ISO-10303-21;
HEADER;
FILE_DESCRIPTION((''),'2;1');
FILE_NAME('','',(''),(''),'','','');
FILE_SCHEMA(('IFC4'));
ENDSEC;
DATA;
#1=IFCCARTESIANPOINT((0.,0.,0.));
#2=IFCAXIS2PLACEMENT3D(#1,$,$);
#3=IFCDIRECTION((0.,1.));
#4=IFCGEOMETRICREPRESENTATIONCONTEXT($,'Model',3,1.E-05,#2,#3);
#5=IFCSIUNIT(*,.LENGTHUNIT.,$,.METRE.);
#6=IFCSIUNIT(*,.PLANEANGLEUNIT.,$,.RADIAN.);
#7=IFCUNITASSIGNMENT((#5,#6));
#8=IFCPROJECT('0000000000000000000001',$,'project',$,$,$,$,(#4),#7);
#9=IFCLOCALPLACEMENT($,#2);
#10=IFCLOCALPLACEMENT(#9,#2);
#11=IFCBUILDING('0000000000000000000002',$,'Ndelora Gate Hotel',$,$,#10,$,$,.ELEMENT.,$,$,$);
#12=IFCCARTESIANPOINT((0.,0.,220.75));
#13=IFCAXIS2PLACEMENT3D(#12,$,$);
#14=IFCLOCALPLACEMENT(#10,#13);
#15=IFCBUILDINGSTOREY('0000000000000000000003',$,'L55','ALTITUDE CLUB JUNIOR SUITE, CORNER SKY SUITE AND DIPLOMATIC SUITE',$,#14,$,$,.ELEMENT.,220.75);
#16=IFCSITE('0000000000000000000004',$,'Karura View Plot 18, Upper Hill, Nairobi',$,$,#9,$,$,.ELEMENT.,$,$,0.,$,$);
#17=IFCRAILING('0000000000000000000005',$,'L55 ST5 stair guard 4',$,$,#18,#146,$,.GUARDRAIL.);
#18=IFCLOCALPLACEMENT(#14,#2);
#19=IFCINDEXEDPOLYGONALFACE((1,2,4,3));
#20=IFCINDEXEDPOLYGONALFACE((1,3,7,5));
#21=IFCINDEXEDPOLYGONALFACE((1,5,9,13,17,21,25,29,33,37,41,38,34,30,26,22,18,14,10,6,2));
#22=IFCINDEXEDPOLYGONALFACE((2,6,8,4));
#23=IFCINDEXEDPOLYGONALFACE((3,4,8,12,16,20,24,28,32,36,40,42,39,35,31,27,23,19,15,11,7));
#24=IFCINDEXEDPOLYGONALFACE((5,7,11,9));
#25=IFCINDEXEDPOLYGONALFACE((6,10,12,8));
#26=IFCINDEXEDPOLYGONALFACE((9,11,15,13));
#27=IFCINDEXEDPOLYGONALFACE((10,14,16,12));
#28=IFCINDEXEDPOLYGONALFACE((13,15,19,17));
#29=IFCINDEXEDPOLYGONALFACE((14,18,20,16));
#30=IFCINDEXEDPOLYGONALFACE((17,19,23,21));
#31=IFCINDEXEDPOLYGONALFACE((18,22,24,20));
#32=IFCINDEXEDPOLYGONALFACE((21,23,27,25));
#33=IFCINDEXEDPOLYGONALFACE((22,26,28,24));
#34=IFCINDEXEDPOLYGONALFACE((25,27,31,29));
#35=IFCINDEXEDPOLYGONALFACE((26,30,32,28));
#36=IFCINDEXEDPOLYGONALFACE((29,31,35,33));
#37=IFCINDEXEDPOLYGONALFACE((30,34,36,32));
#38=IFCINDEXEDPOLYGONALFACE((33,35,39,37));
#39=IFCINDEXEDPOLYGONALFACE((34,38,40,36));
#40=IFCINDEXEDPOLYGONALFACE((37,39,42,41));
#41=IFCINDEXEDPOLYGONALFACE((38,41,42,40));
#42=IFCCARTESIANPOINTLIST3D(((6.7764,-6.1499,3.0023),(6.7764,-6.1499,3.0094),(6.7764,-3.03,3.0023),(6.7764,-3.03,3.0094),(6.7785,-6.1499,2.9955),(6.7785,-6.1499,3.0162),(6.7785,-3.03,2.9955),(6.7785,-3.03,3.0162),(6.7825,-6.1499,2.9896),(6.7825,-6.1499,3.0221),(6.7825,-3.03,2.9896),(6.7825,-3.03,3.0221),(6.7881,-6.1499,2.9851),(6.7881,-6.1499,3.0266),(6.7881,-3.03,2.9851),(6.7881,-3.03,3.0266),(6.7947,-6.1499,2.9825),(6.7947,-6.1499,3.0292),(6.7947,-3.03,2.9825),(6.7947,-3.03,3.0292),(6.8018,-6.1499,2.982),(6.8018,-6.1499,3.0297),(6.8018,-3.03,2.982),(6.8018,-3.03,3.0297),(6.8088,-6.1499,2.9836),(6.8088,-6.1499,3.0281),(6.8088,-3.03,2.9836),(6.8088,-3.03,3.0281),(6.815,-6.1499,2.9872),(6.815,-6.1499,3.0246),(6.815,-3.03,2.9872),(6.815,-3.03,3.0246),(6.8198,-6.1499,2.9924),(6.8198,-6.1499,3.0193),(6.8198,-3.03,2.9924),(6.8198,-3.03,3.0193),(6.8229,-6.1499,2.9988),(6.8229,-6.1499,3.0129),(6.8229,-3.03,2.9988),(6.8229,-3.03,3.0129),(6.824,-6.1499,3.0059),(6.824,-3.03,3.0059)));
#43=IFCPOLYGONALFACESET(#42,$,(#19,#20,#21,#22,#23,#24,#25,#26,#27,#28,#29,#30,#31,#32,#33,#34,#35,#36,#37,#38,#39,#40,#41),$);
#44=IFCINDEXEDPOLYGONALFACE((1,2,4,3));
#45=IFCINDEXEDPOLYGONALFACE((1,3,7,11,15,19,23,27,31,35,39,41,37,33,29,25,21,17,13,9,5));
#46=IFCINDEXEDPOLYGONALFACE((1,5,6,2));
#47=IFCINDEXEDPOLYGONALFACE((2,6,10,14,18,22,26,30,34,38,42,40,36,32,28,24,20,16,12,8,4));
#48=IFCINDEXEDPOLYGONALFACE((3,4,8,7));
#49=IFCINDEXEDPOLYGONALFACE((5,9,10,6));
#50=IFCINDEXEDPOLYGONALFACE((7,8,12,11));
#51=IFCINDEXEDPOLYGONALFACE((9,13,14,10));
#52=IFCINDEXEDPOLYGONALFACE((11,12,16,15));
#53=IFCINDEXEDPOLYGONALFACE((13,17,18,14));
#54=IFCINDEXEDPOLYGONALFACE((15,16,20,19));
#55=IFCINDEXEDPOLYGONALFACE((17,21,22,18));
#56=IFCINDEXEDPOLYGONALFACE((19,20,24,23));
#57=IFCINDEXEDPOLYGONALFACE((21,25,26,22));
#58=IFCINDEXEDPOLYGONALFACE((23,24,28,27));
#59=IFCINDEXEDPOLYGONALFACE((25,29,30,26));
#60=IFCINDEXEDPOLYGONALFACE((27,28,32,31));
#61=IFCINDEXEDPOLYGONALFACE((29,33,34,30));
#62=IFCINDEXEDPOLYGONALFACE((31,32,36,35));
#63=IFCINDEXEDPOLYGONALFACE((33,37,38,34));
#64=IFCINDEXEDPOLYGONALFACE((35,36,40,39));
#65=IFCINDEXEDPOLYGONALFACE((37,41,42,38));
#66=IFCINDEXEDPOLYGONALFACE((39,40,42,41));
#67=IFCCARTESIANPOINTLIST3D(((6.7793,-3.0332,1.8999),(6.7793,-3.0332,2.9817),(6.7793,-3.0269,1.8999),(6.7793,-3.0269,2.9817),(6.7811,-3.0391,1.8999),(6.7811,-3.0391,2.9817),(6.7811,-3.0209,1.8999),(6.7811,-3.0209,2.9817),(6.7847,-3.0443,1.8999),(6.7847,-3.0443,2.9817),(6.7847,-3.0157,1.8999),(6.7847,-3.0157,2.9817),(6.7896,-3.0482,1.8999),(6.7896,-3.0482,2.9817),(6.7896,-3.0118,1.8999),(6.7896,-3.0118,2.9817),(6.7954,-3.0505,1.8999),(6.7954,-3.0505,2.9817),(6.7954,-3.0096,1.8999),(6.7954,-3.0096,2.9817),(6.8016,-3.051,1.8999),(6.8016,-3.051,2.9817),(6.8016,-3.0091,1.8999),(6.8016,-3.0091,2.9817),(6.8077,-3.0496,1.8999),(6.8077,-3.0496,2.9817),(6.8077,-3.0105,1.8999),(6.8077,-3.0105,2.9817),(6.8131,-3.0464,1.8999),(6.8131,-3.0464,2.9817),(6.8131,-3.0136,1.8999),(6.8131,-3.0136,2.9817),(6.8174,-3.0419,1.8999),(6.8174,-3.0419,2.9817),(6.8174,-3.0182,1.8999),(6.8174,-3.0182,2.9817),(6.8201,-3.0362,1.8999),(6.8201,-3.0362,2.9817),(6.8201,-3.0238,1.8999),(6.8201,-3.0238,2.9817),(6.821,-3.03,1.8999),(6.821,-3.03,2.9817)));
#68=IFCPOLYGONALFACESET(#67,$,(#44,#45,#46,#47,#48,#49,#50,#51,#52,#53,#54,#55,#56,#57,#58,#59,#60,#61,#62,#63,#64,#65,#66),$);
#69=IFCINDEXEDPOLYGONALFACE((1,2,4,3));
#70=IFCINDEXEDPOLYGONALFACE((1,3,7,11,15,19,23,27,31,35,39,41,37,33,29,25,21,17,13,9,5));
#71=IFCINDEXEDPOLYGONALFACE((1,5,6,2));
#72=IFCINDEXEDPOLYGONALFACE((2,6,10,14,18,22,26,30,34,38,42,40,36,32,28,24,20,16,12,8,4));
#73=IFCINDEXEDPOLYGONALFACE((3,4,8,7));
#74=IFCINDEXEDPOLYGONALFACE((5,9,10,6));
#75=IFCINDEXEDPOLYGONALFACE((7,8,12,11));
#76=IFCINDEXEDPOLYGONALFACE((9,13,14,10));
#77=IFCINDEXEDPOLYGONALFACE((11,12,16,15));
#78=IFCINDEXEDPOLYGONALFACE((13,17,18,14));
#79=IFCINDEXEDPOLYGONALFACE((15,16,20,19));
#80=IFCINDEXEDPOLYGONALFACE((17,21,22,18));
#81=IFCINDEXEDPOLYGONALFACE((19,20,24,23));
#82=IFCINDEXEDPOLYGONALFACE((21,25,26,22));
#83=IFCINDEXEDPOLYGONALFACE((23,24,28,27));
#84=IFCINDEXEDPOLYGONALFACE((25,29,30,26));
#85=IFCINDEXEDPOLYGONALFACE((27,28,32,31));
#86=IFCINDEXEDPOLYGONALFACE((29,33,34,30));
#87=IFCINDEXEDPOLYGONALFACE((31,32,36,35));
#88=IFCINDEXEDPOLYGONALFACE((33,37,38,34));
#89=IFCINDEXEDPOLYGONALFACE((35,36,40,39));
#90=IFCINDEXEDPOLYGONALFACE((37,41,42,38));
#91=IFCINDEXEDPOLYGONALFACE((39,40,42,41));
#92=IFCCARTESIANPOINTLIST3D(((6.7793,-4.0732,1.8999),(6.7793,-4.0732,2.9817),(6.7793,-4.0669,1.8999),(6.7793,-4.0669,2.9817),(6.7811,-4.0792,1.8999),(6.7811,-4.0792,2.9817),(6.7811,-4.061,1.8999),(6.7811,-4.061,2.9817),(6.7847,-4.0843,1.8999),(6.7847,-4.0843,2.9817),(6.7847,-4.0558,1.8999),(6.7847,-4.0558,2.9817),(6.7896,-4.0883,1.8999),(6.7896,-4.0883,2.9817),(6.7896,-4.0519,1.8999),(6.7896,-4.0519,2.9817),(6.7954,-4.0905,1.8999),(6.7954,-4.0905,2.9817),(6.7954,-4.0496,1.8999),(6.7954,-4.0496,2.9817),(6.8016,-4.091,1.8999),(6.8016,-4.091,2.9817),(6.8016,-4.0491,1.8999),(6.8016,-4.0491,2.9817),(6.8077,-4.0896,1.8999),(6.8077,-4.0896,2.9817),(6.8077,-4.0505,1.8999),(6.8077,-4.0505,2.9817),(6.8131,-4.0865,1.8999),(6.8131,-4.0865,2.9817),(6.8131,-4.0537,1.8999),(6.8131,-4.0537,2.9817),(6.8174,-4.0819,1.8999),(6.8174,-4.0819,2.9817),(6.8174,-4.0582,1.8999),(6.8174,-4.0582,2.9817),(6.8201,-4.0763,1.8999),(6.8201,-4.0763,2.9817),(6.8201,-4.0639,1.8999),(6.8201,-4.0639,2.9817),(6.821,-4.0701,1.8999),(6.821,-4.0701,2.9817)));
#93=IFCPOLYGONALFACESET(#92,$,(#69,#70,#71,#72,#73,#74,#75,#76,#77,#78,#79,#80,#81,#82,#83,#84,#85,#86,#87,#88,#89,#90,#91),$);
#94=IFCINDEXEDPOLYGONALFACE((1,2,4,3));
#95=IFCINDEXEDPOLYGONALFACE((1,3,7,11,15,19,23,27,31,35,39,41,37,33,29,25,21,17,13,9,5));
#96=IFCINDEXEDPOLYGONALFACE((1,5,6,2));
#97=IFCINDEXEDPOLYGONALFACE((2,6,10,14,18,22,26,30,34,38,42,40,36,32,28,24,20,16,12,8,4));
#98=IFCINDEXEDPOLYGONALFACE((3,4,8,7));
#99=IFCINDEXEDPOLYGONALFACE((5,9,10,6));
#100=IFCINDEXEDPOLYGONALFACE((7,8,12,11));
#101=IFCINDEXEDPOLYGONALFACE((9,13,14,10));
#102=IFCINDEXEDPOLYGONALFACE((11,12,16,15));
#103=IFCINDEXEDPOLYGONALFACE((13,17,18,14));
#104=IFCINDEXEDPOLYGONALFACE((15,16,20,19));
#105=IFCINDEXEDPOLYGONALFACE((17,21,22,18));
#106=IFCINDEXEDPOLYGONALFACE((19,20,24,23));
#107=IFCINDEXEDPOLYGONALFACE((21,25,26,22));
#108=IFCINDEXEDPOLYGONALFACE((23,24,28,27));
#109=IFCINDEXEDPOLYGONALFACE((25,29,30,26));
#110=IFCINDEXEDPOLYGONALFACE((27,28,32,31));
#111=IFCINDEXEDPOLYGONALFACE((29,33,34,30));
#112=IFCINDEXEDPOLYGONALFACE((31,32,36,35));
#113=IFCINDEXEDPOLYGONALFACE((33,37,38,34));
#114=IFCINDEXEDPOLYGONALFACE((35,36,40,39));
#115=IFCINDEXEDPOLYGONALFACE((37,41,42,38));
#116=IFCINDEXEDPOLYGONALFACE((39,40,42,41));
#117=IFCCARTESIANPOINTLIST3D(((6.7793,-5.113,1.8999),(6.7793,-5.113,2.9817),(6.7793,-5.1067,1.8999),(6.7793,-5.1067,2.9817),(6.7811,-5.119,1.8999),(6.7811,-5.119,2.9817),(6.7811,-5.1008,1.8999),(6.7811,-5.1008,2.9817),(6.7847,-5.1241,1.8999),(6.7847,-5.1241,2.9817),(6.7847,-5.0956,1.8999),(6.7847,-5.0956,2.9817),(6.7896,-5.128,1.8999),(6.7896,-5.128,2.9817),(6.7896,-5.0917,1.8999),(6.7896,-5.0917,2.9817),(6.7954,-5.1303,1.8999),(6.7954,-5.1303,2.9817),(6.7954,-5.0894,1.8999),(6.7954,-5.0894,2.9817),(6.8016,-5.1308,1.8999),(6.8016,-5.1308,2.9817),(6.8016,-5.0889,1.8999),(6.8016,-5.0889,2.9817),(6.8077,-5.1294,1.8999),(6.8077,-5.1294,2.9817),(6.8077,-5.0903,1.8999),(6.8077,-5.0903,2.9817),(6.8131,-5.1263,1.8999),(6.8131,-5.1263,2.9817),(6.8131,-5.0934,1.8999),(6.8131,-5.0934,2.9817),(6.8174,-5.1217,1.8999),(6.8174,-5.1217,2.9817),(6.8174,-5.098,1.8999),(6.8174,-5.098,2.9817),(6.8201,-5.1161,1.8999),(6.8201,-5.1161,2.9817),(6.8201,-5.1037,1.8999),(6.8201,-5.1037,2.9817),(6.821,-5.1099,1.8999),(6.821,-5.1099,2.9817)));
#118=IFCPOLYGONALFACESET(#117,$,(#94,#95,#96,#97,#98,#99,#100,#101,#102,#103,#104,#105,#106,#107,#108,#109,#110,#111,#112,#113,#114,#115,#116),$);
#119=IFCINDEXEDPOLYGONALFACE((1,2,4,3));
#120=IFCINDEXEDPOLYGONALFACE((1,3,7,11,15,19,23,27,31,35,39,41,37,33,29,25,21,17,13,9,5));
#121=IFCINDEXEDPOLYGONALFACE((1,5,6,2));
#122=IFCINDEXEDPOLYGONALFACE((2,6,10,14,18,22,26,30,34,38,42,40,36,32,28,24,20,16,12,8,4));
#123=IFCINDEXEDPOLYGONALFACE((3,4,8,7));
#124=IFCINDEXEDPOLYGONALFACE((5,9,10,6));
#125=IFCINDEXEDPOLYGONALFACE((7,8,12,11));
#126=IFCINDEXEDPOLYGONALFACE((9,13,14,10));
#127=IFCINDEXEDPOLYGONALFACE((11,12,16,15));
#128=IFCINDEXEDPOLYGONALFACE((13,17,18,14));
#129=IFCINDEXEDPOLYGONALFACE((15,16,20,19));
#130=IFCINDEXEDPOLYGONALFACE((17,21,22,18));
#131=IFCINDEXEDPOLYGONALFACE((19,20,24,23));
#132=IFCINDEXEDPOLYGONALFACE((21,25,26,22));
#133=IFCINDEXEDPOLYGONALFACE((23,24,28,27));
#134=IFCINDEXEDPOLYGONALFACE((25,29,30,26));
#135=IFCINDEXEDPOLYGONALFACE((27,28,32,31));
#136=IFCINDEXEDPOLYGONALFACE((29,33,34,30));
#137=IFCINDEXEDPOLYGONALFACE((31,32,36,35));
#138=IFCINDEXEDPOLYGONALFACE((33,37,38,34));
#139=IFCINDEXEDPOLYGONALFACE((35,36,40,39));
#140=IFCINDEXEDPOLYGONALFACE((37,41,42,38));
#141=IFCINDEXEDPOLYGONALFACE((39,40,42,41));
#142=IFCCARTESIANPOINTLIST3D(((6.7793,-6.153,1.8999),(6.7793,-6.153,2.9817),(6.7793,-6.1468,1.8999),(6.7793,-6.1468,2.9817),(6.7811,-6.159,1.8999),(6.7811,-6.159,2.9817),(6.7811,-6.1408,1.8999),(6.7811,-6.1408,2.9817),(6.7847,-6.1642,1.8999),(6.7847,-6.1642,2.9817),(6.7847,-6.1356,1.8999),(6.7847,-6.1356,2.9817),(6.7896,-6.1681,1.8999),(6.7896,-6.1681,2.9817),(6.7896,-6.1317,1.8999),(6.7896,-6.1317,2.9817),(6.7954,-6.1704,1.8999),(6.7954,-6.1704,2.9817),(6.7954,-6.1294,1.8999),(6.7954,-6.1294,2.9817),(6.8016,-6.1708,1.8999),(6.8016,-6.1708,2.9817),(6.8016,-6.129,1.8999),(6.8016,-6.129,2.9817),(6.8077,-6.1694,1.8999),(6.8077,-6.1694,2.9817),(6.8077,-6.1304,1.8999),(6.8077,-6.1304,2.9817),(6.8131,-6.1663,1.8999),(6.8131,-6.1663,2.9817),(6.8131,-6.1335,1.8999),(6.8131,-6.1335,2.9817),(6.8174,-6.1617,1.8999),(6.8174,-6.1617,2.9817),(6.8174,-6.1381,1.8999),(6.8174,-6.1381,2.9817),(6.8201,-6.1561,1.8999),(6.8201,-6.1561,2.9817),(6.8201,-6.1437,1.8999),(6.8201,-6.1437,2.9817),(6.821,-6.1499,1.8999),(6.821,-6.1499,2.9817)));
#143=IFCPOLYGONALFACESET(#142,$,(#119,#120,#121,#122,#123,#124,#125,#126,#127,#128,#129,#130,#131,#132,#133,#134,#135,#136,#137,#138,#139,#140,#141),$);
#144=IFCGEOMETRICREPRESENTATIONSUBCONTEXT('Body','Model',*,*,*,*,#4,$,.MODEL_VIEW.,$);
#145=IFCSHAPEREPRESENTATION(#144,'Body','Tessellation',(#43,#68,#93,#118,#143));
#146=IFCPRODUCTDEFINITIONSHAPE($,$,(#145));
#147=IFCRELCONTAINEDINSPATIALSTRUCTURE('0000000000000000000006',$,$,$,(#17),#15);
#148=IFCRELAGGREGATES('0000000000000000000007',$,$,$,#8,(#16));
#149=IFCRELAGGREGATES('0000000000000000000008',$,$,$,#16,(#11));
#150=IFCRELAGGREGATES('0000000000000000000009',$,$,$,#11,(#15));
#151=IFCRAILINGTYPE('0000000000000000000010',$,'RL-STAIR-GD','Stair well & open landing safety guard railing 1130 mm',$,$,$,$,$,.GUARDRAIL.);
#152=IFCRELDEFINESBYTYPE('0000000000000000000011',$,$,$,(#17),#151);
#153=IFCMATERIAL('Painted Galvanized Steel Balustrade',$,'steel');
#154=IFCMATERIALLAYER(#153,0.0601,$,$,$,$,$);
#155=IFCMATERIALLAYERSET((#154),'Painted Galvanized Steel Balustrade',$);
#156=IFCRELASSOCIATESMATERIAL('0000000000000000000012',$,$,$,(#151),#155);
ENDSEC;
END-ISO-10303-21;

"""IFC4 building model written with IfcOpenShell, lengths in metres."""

from ifc_helpers import new_model, si_unit, direction, frame, origin, origin_2d, place, context, subcontext, project, spatial, circle, extrude, material, layer, layer_set, type_object, element, save


model = new_model("IFC4")

# Units and contexts
model_context = context("Model", 3, precision=1e-05, world=origin(), true_north=direction((0.0, 1.0)))
body_context = subcontext(model_context, "Body", "Model", "MODEL_VIEW")
ifc_project = project(units=[si_unit("LENGTHUNIT", "METRE"), si_unit("PLANEANGLEUNIT", "RADIAN")], contexts=[model_context])

# Site, building, storey
site_placement = place(None, origin())
site = spatial("IfcSite", under=ifc_project, at=site_placement, Name="Karura View Plot 18, Upper Hill, Nairobi", CompositionType="ELEMENT", RefElevation=0.0)
building_placement = place(site_placement, origin())
building = spatial("IfcBuilding", under=site, at=building_placement, Name="Ndelora Gate Hotel", CompositionType="ELEMENT")
storey_placement = place(building_placement, frame((0.0, 0.0, 220.75)))
storey = spatial("IfcBuildingStorey", under=building, at=storey_placement, Name="L55", Description="ALTITUDE CLUB JUNIOR SUITE, CORNER SKY SUITE AND DIPLOMATIC SUITE", CompositionType="ELEMENT", Elevation=220.75)

# Railing
ifc_material_1 = material(Name="Painted Galvanized Steel Balustrade", Category="steel")
ifc_layer_1 = layer(ifc_material_1, 0.0601)
ifc_layer_set_1 = layer_set([ifc_layer_1], Name="Painted Galvanized Steel Balustrade")
railing_type_1 = type_object("IfcRailingType", Name="RL-STAIR-GD", Description="Stair well & open landing safety guard railing 1130 mm", PredefinedType="GUARDRAIL", material=ifc_layer_set_1)
for number, where, name in (
    (1, (6.8, -3.03, 1.8999), "L55 ST5 stair guard 4"),
):
    element("IfcRailing", number, at=place(storey_placement, frame(where)), inside=storey, type_object=railing_type_1, Name=name, PredefinedType="GUARDRAIL", context=body_context, shape_type="SweptSolid", body=[
        extrude(circle(Radius=0.0239, at=origin_2d()), frame((0.0, 0.0, 1.106), z_axis=(0.0, -1.0, 0.0), x_axis=(1.0, 0.0, 0.0)), (0.0, 0.0, 1.0), 3.1199),
        extrude(circle(Radius=0.021, at=origin_2d()), origin(), (0.0, 0.0, 1.0), 1.0818),
        extrude(circle(Radius=0.021, at=origin_2d()), frame((0.0, -1.04, 0.0)), (0.0, 0.0, 1.0), 1.0818),
        extrude(circle(Radius=0.021, at=origin_2d()), frame((0.0, -2.0798, 0.0)), (0.0, 0.0, 1.0), 1.0818),
        extrude(circle(Radius=0.021, at=origin_2d()), frame((0.0, -3.1199, 0.0)), (0.0, 0.0, 1.0), 1.0818),
    ])

save(model, "model.ifc")
